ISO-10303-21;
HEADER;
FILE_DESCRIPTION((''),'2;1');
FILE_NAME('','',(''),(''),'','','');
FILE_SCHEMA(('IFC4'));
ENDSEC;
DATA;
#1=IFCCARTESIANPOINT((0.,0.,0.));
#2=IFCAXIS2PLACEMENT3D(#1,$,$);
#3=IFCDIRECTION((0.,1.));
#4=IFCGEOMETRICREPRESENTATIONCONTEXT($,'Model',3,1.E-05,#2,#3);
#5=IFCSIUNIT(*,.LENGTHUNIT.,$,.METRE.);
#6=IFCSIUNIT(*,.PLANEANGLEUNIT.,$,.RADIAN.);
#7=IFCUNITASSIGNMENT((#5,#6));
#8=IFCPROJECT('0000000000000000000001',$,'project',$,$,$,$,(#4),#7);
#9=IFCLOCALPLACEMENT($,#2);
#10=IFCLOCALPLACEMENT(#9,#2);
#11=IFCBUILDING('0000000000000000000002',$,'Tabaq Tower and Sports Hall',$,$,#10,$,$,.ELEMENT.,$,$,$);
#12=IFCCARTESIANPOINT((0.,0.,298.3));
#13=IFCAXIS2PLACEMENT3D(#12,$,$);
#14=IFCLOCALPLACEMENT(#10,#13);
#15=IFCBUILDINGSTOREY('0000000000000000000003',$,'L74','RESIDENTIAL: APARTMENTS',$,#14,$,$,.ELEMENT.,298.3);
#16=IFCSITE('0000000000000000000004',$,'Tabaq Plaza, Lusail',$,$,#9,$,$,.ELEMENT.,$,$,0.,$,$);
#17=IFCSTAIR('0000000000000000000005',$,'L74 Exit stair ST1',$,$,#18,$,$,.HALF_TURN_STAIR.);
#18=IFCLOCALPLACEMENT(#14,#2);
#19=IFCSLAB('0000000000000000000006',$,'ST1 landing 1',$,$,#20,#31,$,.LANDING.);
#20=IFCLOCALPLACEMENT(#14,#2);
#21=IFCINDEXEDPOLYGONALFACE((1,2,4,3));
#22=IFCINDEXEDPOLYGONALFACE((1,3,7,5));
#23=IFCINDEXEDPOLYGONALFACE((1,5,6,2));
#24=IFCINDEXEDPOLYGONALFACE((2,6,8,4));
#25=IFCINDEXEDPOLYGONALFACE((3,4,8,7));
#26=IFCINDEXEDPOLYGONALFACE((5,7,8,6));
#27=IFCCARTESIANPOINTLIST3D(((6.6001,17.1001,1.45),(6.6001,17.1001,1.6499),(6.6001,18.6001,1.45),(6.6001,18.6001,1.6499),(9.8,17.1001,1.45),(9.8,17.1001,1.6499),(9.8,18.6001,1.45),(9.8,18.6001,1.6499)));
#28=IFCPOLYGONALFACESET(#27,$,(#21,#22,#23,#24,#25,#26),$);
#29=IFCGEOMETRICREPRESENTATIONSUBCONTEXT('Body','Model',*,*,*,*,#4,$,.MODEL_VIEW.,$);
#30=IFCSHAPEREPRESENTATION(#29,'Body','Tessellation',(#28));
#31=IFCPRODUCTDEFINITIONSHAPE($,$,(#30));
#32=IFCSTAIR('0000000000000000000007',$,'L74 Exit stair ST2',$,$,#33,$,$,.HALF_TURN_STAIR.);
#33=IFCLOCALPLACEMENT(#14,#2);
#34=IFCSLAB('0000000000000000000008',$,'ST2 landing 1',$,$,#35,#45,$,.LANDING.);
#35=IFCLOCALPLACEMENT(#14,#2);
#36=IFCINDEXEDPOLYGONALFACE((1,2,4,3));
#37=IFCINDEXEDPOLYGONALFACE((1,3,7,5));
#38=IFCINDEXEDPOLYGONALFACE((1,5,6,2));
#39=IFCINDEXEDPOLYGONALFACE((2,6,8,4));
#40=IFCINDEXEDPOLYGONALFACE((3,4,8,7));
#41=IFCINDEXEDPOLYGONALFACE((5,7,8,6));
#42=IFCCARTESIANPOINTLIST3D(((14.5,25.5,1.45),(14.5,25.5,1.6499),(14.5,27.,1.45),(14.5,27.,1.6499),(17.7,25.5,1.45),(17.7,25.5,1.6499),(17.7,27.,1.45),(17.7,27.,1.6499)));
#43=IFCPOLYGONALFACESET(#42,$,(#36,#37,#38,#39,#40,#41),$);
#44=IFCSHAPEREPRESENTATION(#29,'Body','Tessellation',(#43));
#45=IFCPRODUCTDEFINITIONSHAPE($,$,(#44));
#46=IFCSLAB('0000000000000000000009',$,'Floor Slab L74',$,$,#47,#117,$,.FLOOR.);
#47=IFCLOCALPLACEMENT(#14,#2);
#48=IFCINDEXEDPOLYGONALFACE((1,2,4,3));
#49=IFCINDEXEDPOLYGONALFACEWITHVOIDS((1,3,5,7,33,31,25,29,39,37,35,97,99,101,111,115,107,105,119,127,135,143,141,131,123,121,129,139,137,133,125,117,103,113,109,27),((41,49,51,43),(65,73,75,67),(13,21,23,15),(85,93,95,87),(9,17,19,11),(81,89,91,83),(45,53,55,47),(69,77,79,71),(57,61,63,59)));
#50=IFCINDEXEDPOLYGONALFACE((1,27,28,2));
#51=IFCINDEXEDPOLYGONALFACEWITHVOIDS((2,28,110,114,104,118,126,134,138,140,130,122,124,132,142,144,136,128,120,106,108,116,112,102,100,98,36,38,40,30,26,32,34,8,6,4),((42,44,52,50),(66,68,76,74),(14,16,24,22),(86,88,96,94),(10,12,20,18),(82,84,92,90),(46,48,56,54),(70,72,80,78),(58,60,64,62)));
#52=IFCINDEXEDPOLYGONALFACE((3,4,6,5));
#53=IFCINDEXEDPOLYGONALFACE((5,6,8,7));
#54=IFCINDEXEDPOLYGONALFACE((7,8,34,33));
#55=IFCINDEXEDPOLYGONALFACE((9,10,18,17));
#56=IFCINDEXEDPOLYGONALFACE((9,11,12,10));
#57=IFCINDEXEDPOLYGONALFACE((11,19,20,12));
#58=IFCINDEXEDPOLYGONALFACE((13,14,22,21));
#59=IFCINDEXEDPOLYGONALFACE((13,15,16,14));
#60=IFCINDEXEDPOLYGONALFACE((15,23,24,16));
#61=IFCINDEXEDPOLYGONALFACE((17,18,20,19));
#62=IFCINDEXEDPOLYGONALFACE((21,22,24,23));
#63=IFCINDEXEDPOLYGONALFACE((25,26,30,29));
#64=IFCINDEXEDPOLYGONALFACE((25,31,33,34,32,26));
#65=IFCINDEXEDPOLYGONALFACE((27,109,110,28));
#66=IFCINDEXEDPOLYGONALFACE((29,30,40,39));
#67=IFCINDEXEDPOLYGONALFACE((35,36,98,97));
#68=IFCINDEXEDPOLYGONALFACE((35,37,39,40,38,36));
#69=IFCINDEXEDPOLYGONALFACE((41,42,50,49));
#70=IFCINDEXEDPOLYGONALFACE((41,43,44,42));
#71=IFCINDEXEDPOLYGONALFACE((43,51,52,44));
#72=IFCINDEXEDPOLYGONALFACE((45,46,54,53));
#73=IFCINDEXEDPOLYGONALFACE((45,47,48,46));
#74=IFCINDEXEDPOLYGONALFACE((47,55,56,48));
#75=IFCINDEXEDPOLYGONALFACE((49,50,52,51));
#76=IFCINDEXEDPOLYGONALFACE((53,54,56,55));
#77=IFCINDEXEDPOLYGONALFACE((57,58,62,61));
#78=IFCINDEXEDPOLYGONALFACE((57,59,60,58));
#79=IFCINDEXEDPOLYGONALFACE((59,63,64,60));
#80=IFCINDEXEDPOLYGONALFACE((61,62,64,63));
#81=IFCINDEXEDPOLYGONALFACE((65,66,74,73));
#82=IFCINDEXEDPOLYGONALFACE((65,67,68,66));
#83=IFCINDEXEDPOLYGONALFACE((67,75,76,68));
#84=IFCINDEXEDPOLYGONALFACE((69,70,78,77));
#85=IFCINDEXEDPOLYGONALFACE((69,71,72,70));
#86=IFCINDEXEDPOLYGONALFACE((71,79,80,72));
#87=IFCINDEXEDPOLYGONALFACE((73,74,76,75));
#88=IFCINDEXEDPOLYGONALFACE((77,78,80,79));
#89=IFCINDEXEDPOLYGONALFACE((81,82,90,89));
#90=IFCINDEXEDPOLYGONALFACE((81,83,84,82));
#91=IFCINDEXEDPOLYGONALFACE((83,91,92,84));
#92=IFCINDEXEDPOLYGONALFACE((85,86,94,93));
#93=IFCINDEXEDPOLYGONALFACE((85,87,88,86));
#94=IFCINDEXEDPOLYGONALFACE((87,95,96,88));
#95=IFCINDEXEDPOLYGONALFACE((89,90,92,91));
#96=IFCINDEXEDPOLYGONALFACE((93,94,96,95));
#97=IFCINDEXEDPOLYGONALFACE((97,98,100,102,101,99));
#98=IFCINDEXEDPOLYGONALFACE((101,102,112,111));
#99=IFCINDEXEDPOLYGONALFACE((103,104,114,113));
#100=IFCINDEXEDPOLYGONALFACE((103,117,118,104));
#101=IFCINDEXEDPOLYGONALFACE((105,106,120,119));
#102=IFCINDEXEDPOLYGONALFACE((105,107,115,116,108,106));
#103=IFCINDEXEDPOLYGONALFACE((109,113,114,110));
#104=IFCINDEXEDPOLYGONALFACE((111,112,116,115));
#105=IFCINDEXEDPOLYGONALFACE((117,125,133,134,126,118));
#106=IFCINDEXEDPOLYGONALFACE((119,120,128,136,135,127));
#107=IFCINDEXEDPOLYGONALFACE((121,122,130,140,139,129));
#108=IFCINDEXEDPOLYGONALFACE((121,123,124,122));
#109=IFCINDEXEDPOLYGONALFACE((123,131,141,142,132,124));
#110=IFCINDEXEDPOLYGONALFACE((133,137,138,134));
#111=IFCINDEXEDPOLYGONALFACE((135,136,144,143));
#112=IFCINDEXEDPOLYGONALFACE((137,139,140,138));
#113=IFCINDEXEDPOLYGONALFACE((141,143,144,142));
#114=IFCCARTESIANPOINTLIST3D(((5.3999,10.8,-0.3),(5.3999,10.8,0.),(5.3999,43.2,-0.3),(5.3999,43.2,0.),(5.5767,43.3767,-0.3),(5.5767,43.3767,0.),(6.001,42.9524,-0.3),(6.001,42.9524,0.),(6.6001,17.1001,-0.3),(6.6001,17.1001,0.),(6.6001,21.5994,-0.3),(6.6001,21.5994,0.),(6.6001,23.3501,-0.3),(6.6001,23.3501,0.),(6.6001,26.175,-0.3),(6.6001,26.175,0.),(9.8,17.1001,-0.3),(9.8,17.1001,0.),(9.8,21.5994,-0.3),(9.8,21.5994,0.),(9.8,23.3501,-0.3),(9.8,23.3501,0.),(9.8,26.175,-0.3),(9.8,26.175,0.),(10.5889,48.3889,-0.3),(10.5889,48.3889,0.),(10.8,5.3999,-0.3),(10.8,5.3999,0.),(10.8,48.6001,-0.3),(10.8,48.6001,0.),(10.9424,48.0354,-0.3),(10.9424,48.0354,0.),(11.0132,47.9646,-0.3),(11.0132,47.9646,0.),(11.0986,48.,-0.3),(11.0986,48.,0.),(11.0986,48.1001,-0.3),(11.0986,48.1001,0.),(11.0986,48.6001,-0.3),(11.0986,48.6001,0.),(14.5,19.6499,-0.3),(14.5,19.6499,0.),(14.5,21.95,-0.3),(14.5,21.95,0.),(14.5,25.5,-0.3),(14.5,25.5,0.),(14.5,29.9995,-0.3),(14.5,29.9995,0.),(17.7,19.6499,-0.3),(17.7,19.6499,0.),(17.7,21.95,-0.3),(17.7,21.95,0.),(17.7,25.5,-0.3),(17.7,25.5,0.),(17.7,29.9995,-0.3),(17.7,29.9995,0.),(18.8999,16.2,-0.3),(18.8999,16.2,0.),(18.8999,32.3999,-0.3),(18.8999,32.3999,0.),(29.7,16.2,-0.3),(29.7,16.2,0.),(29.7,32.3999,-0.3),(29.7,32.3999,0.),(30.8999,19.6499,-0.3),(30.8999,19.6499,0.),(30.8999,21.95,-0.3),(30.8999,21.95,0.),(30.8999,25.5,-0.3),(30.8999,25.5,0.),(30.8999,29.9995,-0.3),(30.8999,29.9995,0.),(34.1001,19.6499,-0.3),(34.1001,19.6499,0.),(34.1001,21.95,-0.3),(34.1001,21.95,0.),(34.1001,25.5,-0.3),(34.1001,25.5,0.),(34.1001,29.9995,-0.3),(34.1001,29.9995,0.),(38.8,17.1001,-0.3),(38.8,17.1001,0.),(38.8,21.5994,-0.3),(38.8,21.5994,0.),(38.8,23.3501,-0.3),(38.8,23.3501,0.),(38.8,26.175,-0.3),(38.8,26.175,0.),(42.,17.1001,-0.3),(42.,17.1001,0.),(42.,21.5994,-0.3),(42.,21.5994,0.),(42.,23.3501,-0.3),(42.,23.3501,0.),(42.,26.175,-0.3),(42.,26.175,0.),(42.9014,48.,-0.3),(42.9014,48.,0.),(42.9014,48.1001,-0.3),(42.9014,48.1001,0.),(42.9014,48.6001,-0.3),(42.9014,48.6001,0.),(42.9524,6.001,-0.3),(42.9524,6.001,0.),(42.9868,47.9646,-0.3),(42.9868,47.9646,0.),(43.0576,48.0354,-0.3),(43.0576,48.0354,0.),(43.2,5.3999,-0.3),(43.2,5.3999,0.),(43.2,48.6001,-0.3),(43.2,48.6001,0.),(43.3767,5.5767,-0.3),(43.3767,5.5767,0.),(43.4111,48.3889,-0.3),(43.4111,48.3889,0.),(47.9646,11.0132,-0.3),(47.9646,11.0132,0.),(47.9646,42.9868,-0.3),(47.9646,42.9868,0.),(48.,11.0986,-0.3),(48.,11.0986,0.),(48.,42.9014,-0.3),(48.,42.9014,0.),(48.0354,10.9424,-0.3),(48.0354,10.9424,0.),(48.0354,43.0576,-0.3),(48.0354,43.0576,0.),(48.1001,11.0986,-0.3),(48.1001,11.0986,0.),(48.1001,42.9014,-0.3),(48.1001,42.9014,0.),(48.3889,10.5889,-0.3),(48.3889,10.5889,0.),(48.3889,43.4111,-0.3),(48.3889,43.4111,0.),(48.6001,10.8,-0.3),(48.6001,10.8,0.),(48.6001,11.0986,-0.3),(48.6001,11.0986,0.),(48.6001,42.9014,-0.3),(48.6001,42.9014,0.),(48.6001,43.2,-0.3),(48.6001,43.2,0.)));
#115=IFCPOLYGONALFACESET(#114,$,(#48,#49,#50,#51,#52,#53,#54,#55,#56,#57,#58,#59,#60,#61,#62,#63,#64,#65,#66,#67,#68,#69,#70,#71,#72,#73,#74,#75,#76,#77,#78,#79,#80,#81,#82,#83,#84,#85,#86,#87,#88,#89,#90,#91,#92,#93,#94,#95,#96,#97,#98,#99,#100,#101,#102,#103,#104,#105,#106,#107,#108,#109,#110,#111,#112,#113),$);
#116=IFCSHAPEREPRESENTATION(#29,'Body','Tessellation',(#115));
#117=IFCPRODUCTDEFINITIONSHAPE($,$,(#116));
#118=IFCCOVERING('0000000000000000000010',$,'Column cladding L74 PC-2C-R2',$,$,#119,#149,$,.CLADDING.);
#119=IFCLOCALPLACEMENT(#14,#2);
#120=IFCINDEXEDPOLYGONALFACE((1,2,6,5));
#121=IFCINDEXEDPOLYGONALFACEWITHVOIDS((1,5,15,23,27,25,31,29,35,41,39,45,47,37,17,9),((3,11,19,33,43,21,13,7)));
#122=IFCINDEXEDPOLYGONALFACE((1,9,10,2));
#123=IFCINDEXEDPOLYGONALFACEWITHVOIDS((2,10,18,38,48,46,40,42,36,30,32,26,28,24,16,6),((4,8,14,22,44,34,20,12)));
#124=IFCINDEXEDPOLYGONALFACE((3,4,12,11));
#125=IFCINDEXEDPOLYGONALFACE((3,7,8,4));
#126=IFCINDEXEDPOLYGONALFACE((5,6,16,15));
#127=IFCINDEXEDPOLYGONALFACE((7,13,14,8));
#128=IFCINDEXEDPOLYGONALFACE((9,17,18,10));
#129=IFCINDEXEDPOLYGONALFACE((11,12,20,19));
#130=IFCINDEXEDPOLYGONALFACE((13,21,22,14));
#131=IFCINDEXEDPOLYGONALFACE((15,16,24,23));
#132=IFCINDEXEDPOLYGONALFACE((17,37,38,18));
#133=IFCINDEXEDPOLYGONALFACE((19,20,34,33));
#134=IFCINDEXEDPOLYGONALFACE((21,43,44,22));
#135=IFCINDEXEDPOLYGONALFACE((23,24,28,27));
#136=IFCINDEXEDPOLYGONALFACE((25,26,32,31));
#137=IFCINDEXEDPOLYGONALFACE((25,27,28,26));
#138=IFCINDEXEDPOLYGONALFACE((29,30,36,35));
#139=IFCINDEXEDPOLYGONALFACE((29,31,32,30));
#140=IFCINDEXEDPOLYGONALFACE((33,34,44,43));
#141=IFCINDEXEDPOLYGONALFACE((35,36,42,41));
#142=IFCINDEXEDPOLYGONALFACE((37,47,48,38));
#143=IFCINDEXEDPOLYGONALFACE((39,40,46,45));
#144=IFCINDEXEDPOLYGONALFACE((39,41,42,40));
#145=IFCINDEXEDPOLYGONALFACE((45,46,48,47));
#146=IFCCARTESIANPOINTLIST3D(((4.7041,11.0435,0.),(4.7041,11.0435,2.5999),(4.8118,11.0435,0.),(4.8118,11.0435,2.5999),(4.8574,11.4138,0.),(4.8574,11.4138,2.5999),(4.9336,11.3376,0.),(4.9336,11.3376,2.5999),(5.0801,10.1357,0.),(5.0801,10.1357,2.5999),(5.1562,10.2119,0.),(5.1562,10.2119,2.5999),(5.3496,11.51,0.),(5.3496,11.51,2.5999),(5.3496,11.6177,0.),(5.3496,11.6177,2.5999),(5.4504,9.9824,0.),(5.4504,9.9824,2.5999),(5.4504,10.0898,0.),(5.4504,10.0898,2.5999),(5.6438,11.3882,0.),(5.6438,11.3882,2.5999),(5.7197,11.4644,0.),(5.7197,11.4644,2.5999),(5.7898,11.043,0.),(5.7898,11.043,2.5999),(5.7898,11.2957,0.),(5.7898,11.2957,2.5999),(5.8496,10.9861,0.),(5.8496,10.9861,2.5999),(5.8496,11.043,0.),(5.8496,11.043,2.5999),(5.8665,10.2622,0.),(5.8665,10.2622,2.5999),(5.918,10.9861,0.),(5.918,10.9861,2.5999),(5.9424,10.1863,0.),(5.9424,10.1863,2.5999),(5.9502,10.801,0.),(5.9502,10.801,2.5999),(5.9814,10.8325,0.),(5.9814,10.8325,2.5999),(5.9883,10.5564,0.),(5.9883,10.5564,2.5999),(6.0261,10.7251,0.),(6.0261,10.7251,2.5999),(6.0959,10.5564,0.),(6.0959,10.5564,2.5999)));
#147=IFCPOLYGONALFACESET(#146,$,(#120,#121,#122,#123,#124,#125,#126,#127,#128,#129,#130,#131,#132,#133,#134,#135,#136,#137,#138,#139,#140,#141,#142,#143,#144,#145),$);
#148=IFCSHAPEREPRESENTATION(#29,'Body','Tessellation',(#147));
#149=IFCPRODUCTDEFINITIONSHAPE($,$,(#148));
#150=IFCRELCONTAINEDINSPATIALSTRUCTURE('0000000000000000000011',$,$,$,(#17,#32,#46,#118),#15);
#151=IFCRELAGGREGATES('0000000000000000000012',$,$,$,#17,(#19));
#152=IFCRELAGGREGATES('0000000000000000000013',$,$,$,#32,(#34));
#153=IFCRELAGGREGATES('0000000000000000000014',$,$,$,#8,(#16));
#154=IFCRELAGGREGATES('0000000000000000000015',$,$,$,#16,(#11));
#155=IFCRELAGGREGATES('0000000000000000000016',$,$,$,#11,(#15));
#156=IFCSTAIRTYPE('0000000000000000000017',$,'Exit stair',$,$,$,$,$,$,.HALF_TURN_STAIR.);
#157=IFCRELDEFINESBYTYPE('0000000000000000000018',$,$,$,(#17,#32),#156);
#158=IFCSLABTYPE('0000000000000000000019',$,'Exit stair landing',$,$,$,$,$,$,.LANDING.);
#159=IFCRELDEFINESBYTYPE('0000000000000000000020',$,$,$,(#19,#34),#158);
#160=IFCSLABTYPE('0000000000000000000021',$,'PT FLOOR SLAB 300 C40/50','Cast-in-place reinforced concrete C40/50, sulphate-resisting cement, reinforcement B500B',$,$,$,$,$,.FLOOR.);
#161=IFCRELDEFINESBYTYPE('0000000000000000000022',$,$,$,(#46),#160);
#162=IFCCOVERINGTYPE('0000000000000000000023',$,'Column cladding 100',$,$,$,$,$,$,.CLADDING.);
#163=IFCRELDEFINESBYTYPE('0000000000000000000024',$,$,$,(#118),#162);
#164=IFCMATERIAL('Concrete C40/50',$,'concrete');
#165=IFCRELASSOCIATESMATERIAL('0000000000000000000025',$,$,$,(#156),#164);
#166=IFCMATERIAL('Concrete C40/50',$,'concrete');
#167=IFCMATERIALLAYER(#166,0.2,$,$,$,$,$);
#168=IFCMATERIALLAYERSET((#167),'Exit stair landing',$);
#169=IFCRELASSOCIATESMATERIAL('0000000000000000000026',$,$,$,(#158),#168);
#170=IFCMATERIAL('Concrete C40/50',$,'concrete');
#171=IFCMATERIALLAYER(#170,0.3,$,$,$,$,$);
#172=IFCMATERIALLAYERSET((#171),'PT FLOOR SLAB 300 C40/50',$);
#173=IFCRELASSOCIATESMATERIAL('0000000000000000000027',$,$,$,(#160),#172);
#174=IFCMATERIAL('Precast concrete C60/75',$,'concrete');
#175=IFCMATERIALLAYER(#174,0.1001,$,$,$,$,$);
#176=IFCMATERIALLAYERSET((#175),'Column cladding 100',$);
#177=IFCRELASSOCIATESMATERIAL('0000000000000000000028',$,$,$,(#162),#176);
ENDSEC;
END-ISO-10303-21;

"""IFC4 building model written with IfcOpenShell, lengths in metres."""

from ifc_helpers import new_model, si_unit, direction, frame, origin, place, context, subcontext, project, spatial, polyline, outline, extrude, material, layer, layer_set, type_object, element, aggregate, save


model = new_model("IFC4")

# Units and contexts
model_context = context("Model", 3, precision=1e-05, world=origin(), true_north=direction((0.0, 1.0)))
body_context = subcontext(model_context, "Body", "Model", "MODEL_VIEW")
ifc_project = project(units=[si_unit("LENGTHUNIT", "METRE"), si_unit("PLANEANGLEUNIT", "RADIAN")], contexts=[model_context])

# Site, building, storey
site_placement = place(None, origin())
site = spatial("IfcSite", under=ifc_project, at=site_placement, Name="Tabaq Plaza, Lusail", CompositionType="ELEMENT", RefElevation=0.0)
building_placement = place(site_placement, origin())
building = spatial("IfcBuilding", under=site, at=building_placement, Name="Tabaq Tower and Sports Hall", CompositionType="ELEMENT")
storey_placement = place(building_placement, frame((0.0, 0.0, 298.3)))
storey = spatial("IfcBuildingStorey", under=building, at=storey_placement, Name="L74", Description="RESIDENTIAL: APARTMENTS", CompositionType="ELEMENT", Elevation=298.3)

# Stairs, slabs
ifc_material_1 = material(Name="Concrete C40/50", Category="concrete")
stair_type = type_object("IfcStairType", Name="Exit stair", PredefinedType="HALF_TURN_STAIR", material=ifc_material_1)
stair_1_placement = place(storey_placement, origin())
stair_1 = element("IfcStair", 1, at=stair_1_placement, inside=storey, type_object=stair_type, Name="L74 Exit stair ST1", PredefinedType="HALF_TURN_STAIR")
ifc_material_2 = material(Name="Concrete C40/50", Category="concrete")
ifc_layer_1 = layer(ifc_material_2, 0.2)
ifc_layer_set_1 = layer_set([ifc_layer_1], Name="Exit stair landing")
slab_type_1 = type_object("IfcSlabType", Name="Exit stair landing", PredefinedType="LANDING", material=ifc_layer_set_1)
slab_1_placement = place(storey_placement, frame((0.0, 0.0, 1.45)))
slab_1 = element("IfcSlab", 2, at=slab_1_placement, type_object=slab_type_1, Name="ST1 landing 1", PredefinedType="LANDING", context=body_context, shape_type="SweptSolid", body=[
    extrude(outline(polyline([(6.6001, 18.6001), (6.6001, 17.1001), (9.8, 17.1001), (9.8, 18.6001), (6.6001, 18.6001)])), origin(), (0.0, 0.0, 1.0), 0.2),
])
aggregate(stair_1, [slab_1])
stair_2_placement = place(storey_placement, origin())
stair_2 = element("IfcStair", 3, at=stair_2_placement, inside=storey, type_object=stair_type, Name="L74 Exit stair ST2", PredefinedType="HALF_TURN_STAIR")
slab_2_placement = place(storey_placement, frame((0.0, 0.0, 1.45)))
slab_2 = element("IfcSlab", 4, at=slab_2_placement, type_object=slab_type_1, Name="ST2 landing 1", PredefinedType="LANDING", context=body_context, shape_type="SweptSolid", body=[
    extrude(outline(polyline([(14.5, 27.0), (14.5, 25.5), (17.7, 25.5), (17.7, 27.0), (14.5, 27.0)])), origin(), (0.0, 0.0, 1.0), 0.2),
])
aggregate(stair_2, [slab_2])

# Slab
ifc_material_3 = material(Name="Concrete C40/50", Category="concrete")
ifc_layer_2 = layer(ifc_material_3, 0.3)
ifc_layer_set_2 = layer_set([ifc_layer_2], Name="PT FLOOR SLAB 300 C40/50")
slab_type_2 = type_object("IfcSlabType", Name="PT FLOOR SLAB 300 C40/50", Description="Cast-in-place reinforced concrete C40/50, sulphate-resisting cement, reinforcement B500B", PredefinedType="FLOOR", material=ifc_layer_set_2)
slab_3_placement = place(storey_placement, frame((0.0, 0.0, -0.3)))
element("IfcSlab", 5, at=slab_3_placement, inside=storey, type_object=slab_type_2, Name="Floor Slab L74", PredefinedType="FLOOR", context=body_context, shape_type="SweptSolid", body=[
    extrude(outline(polyline([(5.3999, 43.2), (5.3999, 10.8), (10.8, 5.3999), (43.2, 5.3999), (43.3767, 5.5767), (42.9524, 6.001), (47.9646, 11.0132), (48.0354, 10.9424), (48.3889, 10.5889), (48.6001, 10.8), (48.6001, 11.0986), (48.1001, 11.0986), (48.0, 11.0986), (48.0, 42.9014), (48.1001, 42.9014), (48.6001, 42.9014), (48.6001, 43.2), (48.3889, 43.4111), (48.0354, 43.0576), (47.9646, 42.9868), (42.9868, 47.9646), (43.0576, 48.0354), (43.4111, 48.3889), (43.2, 48.6001), (42.9014, 48.6001), (42.9014, 48.1001), (42.9014, 48.0), (11.0986, 48.0), (11.0986, 48.1001), (11.0986, 48.6001), (10.8, 48.6001), (10.5889, 48.3889), (10.9424, 48.0354), (11.0132, 47.9646), (6.001, 42.9524), (5.5767, 43.3767), (5.3999, 43.2)]), holes=[polyline([(6.6001, 21.5994), (9.8, 21.5994), (9.8, 17.1001), (6.6001, 17.1001), (6.6001, 21.5994)]), polyline([(38.8, 21.5994), (42.0, 21.5994), (42.0, 17.1001), (38.8, 17.1001), (38.8, 21.5994)]), polyline([(14.5, 21.95), (17.7, 21.95), (17.7, 19.6499), (14.5, 19.6499), (14.5, 21.95)]), polyline([(30.8999, 21.95), (34.1001, 21.95), (34.1001, 19.6499), (30.8999, 19.6499), (30.8999, 21.95)]), polyline([(18.8999, 16.2), (18.8999, 32.3999), (29.7, 32.3999), (29.7, 16.2), (18.8999, 16.2)]), polyline([(6.6001, 26.175), (9.8, 26.175), (9.8, 23.3501), (6.6001, 23.3501), (6.6001, 26.175)]), polyline([(38.8, 26.175), (42.0, 26.175), (42.0, 23.3501), (38.8, 23.3501), (38.8, 26.175)]), polyline([(17.7, 29.9995), (17.7, 25.5), (14.5, 25.5), (14.5, 29.9995), (17.7, 29.9995)]), polyline([(34.1001, 29.9995), (34.1001, 25.5), (30.8999, 25.5), (30.8999, 29.9995), (34.1001, 29.9995)])]), origin(), (0.0, 0.0, 1.0), 0.3),
])

# Covering
ifc_material_4 = material(Name="Precast concrete C60/75", Category="concrete")
ifc_layer_3 = layer(ifc_material_4, 0.1001)
ifc_layer_set_3 = layer_set([ifc_layer_3], Name="Column cladding 100")
covering_type = type_object("IfcCoveringType", Name="Column cladding 100", PredefinedType="CLADDING", material=ifc_layer_set_3)
covering_1_placement = place(storey_placement, origin())
element("IfcCovering", 6, at=covering_1_placement, inside=storey, type_object=covering_type, Name="Column cladding L74 PC-2C-R2", PredefinedType="CLADDING", context=body_context, shape_type="SweptSolid", body=[
    extrude(outline(polyline([(5.4504, 9.9824), (5.0801, 10.1357), (4.7041, 11.0435), (4.8574, 11.4138), (5.3496, 11.6177), (5.7197, 11.4644), (5.7898, 11.2957), (5.7898, 11.043), (5.8496, 11.043), (5.8496, 10.9861), (5.918, 10.9861), (5.9814, 10.8325), (5.9502, 10.801), (6.0261, 10.7251), (6.0959, 10.5564), (5.9424, 10.1863), (5.4504, 9.9824)]), holes=[polyline([(5.3496, 11.51), (4.9336, 11.3376), (4.8118, 11.0435), (5.1562, 10.2119), (5.4504, 10.0898), (5.8665, 10.2622), (5.9883, 10.5564), (5.6438, 11.3882), (5.3496, 11.51)])]), origin(), (0.0, 0.0, 1.0), 2.5999),
])

save(model, "model.ifc")
